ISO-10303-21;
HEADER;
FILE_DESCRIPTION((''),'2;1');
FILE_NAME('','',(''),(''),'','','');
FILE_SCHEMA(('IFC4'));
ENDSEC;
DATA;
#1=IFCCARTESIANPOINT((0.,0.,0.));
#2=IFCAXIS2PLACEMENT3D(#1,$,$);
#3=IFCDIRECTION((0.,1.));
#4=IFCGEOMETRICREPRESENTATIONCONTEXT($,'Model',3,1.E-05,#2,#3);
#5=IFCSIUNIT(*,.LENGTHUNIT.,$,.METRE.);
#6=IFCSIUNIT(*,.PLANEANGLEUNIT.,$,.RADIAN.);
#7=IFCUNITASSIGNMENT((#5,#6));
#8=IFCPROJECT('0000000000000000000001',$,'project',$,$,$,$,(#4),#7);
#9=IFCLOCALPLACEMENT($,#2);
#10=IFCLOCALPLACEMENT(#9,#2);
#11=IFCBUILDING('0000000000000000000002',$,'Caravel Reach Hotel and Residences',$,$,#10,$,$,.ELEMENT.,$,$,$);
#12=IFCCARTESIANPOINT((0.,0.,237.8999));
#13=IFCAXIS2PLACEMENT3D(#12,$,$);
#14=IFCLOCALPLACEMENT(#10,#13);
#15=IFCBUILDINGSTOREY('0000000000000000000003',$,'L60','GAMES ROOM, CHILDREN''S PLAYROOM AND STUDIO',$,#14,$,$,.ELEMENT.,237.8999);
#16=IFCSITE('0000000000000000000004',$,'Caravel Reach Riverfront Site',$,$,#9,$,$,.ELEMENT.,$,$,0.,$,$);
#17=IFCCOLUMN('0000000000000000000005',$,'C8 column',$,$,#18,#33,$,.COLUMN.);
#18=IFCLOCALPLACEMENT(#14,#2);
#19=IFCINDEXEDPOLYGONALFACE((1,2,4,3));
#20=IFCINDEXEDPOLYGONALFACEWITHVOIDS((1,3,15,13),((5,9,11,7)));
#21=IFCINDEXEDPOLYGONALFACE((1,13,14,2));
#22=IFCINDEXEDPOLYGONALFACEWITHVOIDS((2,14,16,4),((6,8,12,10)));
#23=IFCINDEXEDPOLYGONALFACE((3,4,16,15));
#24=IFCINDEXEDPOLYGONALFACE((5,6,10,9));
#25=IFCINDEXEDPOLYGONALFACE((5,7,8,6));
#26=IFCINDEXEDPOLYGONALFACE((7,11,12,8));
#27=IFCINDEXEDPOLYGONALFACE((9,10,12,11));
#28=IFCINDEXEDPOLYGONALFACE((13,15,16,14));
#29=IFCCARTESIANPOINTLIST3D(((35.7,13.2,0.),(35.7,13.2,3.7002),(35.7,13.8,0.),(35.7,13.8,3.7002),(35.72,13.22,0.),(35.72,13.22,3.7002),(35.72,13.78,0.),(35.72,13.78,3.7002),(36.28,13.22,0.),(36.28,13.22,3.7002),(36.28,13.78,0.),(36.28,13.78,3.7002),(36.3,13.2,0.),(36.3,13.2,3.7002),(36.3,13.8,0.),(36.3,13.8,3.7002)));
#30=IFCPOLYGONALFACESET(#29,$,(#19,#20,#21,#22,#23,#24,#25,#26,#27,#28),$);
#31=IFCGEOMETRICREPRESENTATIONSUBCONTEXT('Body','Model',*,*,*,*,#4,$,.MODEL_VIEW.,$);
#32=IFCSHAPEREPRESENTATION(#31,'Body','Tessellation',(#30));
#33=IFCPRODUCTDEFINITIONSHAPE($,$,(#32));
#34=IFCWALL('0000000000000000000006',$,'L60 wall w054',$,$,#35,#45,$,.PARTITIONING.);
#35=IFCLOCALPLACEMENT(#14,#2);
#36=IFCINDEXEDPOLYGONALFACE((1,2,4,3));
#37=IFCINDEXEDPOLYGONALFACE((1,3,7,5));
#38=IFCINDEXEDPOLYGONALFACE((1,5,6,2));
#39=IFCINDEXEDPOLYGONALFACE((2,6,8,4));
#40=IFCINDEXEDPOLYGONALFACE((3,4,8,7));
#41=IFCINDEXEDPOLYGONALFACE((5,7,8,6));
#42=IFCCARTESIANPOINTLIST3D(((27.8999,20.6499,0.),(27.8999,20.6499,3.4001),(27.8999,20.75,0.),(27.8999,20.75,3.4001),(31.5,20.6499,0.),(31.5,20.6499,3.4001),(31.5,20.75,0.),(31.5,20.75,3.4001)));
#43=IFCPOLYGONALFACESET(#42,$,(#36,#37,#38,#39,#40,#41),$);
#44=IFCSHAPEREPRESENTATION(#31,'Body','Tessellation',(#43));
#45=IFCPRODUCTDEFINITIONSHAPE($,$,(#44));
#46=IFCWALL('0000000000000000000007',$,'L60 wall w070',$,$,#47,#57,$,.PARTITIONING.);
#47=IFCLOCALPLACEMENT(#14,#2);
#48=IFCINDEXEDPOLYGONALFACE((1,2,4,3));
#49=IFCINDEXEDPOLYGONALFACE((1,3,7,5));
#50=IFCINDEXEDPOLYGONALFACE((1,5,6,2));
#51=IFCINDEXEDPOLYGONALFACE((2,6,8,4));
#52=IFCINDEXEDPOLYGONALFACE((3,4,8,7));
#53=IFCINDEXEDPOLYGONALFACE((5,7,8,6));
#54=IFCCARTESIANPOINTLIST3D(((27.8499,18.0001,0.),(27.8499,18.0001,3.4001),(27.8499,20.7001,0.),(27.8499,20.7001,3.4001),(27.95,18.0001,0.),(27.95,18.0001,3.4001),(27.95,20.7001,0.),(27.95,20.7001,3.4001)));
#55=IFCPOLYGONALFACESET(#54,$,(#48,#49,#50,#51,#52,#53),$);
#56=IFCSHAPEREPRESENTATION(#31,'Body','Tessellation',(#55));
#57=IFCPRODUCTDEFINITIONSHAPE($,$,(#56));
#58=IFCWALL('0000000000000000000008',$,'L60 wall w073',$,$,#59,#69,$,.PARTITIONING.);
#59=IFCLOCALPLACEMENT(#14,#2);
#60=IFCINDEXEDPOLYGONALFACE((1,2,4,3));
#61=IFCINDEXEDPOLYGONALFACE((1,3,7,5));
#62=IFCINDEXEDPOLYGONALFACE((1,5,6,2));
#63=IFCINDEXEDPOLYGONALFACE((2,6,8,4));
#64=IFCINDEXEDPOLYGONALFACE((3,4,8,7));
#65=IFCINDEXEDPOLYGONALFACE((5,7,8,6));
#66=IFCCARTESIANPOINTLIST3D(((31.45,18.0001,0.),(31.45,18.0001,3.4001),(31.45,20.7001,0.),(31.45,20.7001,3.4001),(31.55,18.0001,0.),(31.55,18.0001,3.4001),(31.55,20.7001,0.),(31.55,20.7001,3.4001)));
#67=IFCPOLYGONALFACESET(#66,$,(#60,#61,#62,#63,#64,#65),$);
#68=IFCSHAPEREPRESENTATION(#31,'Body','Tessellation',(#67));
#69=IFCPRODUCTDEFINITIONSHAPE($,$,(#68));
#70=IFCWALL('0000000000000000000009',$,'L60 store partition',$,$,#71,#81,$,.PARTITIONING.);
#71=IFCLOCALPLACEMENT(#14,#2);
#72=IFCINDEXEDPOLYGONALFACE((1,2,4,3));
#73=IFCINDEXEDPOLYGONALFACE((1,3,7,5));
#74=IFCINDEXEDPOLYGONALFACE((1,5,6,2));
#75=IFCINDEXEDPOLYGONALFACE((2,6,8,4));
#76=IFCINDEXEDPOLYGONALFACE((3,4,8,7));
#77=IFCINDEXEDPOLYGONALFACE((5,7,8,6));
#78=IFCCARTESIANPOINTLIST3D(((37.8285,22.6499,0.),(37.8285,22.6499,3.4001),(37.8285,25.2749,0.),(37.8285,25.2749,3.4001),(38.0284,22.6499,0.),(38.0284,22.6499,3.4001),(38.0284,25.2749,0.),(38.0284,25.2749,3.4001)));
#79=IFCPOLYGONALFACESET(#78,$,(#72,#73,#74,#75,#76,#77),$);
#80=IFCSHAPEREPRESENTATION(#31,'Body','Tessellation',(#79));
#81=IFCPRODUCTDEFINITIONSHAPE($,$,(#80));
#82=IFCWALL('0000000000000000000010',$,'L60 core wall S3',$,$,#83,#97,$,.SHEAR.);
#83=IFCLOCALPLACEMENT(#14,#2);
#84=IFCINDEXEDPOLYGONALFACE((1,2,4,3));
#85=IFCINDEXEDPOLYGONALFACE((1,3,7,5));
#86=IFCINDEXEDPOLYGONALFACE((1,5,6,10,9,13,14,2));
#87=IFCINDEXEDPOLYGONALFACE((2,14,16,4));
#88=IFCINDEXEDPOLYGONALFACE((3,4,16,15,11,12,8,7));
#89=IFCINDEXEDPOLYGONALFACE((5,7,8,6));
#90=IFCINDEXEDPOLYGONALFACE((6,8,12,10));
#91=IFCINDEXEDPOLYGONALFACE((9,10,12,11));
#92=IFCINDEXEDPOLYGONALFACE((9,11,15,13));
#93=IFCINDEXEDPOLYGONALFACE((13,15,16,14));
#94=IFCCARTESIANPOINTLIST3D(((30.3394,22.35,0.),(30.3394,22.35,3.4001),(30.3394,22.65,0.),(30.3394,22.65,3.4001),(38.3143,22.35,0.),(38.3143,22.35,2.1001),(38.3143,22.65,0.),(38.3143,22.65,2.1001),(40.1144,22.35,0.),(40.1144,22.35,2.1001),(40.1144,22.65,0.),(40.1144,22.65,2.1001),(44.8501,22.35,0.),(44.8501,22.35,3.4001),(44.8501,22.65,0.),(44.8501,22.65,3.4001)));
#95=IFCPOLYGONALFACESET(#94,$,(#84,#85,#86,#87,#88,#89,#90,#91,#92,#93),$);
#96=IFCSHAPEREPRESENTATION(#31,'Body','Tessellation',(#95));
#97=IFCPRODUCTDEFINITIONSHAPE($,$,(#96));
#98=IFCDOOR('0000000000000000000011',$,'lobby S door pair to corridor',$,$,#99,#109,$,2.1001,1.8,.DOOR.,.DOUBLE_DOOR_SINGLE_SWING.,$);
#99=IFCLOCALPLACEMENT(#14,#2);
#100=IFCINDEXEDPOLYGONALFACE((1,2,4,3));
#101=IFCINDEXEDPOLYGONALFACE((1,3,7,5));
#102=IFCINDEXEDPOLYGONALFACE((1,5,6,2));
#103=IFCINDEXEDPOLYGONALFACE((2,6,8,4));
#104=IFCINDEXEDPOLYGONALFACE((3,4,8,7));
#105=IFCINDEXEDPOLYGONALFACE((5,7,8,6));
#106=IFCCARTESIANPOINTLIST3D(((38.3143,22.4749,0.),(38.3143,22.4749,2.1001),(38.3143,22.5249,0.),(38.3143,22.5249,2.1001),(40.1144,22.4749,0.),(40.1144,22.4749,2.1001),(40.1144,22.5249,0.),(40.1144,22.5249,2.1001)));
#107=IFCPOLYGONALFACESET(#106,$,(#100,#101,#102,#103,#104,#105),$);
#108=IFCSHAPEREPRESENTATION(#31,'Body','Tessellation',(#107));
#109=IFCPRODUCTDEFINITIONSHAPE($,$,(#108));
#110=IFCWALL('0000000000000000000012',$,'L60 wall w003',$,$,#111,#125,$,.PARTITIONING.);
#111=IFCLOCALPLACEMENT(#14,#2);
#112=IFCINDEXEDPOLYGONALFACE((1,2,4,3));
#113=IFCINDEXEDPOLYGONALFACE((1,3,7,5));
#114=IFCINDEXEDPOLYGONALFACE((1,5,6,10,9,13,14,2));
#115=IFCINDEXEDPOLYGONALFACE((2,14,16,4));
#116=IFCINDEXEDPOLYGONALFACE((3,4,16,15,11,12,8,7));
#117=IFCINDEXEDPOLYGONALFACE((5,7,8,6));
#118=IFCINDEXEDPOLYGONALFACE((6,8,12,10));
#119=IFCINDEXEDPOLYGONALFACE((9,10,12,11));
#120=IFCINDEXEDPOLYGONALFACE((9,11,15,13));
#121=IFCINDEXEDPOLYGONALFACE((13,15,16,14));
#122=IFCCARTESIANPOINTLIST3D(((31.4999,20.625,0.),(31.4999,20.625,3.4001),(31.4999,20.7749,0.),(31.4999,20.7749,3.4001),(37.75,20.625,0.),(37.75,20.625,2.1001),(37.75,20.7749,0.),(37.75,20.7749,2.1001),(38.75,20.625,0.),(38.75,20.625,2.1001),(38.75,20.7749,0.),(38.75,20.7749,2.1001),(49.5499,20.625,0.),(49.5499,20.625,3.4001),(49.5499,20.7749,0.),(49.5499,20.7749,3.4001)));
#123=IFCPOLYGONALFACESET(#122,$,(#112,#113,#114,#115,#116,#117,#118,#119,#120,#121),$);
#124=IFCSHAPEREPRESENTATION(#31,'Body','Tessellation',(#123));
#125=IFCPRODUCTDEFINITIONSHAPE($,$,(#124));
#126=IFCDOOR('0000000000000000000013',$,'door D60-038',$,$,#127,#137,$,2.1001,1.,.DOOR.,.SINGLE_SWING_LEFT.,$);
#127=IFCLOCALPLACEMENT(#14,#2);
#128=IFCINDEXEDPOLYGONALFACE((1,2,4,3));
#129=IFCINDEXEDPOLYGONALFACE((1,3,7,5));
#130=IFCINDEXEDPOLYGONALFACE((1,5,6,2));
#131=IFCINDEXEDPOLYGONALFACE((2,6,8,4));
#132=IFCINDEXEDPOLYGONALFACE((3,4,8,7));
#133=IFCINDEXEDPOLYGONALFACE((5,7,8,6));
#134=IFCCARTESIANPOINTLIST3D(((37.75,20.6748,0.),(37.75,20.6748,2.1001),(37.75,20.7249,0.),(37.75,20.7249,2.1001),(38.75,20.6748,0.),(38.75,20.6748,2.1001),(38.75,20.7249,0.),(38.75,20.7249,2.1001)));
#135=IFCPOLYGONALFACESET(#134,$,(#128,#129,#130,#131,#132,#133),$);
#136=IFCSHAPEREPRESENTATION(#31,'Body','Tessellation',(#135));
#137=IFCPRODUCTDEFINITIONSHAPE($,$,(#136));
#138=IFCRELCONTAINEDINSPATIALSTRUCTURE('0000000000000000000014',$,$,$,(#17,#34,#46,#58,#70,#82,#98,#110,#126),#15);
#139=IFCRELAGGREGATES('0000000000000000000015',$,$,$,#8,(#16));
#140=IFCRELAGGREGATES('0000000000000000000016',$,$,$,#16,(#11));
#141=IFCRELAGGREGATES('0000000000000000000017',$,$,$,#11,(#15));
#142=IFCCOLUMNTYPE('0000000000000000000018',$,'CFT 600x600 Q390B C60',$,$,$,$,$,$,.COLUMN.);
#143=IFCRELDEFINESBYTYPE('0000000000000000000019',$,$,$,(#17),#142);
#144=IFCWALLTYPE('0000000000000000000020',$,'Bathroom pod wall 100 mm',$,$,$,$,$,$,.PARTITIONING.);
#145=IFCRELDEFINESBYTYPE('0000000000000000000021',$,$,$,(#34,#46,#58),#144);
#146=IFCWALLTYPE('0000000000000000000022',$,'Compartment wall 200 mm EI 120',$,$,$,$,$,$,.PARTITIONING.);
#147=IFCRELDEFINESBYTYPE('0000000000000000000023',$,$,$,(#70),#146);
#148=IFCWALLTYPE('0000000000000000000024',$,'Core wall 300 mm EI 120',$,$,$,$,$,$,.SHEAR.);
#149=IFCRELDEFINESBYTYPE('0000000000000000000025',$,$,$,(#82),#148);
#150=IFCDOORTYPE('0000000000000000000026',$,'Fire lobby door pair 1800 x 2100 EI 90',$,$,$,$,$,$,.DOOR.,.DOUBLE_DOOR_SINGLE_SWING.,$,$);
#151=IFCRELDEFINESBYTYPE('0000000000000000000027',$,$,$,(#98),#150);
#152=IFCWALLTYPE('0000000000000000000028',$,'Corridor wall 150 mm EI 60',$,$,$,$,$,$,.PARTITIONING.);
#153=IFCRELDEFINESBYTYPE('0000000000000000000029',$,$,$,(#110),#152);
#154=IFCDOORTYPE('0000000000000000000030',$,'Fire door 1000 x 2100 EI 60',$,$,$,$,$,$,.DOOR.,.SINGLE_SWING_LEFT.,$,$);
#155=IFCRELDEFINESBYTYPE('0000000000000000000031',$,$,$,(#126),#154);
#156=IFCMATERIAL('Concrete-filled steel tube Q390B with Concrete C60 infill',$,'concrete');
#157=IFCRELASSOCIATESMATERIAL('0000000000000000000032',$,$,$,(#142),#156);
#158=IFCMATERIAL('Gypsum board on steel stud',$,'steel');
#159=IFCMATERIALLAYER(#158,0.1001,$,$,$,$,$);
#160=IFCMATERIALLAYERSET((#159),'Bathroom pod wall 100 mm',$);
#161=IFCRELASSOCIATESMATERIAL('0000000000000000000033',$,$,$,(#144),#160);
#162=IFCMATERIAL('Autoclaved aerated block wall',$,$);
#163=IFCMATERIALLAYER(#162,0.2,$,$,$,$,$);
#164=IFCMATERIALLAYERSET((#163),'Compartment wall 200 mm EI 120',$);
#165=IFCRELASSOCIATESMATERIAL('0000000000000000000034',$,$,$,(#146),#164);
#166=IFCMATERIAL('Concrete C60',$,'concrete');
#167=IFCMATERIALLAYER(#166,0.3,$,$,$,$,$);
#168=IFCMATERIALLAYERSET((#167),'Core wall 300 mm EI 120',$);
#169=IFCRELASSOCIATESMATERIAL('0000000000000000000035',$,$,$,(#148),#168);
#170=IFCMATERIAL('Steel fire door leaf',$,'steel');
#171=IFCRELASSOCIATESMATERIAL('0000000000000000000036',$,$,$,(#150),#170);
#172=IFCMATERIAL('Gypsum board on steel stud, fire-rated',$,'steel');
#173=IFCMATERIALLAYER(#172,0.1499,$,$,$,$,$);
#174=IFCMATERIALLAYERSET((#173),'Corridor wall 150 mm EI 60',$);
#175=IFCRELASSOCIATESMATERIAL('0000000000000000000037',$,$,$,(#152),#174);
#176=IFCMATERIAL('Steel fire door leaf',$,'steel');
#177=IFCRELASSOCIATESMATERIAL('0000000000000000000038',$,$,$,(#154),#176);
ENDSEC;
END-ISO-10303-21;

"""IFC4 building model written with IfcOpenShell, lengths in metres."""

from ifc_helpers import new_model, si_unit, direction, frame, frame_2d, origin, origin_2d, place, context, subcontext, project, spatial, rectangle, hollow_rectangle, extrude, material, layer, layer_set, material_profile, profile_set, type_object, element, fill, save


model = new_model("IFC4")

# Units and contexts
model_context = context("Model", 3, precision=1e-05, world=origin(), true_north=direction((0.0, 1.0)))
body_context = subcontext(model_context, "Body", "Model", "MODEL_VIEW")
ifc_project = project(units=[si_unit("LENGTHUNIT", "METRE"), si_unit("PLANEANGLEUNIT", "RADIAN")], contexts=[model_context])

# Site, building, storey
site_placement = place(None, origin())
site = spatial("IfcSite", under=ifc_project, at=site_placement, Name="Caravel Reach Riverfront Site", CompositionType="ELEMENT", RefElevation=0.0)
building_placement = place(site_placement, origin())
building = spatial("IfcBuilding", under=site, at=building_placement, Name="Caravel Reach Hotel and Residences", CompositionType="ELEMENT")
storey_placement = place(building_placement, frame((0.0, 0.0, 237.8999)))
storey = spatial("IfcBuildingStorey", under=building, at=storey_placement, Name="L60", Description="GAMES ROOM, CHILDREN'S PLAYROOM AND STUDIO", CompositionType="ELEMENT", Elevation=237.8999)

# Column
ifc_material_1 = material(Name="Concrete-filled steel tube Q390B with Concrete C60 infill", Category="concrete")
ifc_material_profile = material_profile(ifc_material_1, hollow_rectangle(XDim=0.6001, YDim=0.6001, WallThickness=0.02, at=origin_2d()), Name="RHS 600x600x20")
ifc_profile_set = profile_set([ifc_material_profile], Name="Concrete-filled steel tube Q390B with Concrete C60 infill")
column_type = type_object("IfcColumnType", Name="CFT 600x600 Q390B C60", PredefinedType="COLUMN", material=ifc_profile_set)
column_placement = place(storey_placement, frame((36.0, 13.5, 0.0), z_axis=(0.0, 0.0, 1.0), x_axis=(1.0, 0.0, 0.0)))
element("IfcColumn", 1, at=column_placement, inside=storey, type_object=column_type, Name="C8 column", PredefinedType="COLUMN", context=body_context, shape_type="SweptSolid", body=[
    extrude(hollow_rectangle(XDim=0.6001, YDim=0.6001, WallThickness=0.02, at=origin_2d()), origin(), (0.0, 0.0, 1.0), 3.7002),
])

# Walls
ifc_material_2 = material(Name="Gypsum board on steel stud", Category="steel")
ifc_layer_1 = layer(ifc_material_2, 0.1001)
ifc_layer_set_1 = layer_set([ifc_layer_1], Name="Bathroom pod wall 100 mm")
wall_type_1 = type_object("IfcWallType", Name="Bathroom pod wall 100 mm", PredefinedType="PARTITIONING", material=ifc_layer_set_1)
wall_1_placement = place(storey_placement, frame((27.8999, 20.7, 0.0), z_axis=(0.0, 0.0, 1.0), x_axis=(1.0, 0.0, 0.0)))
element("IfcWall", 2, at=wall_1_placement, inside=storey, type_object=wall_type_1, Name="L60 wall w054", PredefinedType="PARTITIONING", context=body_context, shape_type="SweptSolid", body=[
    extrude(rectangle(XDim=3.6001, YDim=0.1001, at=frame_2d((1.8, 0.0))), origin(), (0.0, 0.0, 1.0), 3.4001),
])
for number, where, z_axis, x_axis, name in (
    (3, (27.8999, 18.0, 0.0), (0.0, 0.0, 1.0), (0.0, 1.0, 0.0), "L60 wall w070"),
    (4, (31.5, 18.0, 0.0), (0.0, 0.0, 1.0), (0.0, 1.0, 0.0), "L60 wall w073"),
):
    element("IfcWall", number, at=place(storey_placement, frame(where, z_axis=z_axis, x_axis=x_axis)), inside=storey, type_object=wall_type_1, Name=name, PredefinedType="PARTITIONING", context=body_context, shape_type="SweptSolid", body=[
        extrude(rectangle(XDim=2.7, YDim=0.1001, at=frame_2d((1.3501, 0.0))), origin(), (0.0, 0.0, 1.0), 3.4001),
    ])
ifc_material_3 = material(Name="Autoclaved aerated block wall")
ifc_layer_2 = layer(ifc_material_3, 0.2)
ifc_layer_set_2 = layer_set([ifc_layer_2], Name="Compartment wall 200 mm EI 120")
wall_type_2 = type_object("IfcWallType", Name="Compartment wall 200 mm EI 120", PredefinedType="PARTITIONING", material=ifc_layer_set_2)
wall_2_placement = place(storey_placement, frame((37.9285, 22.6499, 0.0), z_axis=(0.0, 0.0, 1.0), x_axis=(0.0, 1.0, 0.0)))
element("IfcWall", 5, at=wall_2_placement, inside=storey, type_object=wall_type_2, Name="L60 store partition", PredefinedType="PARTITIONING", context=body_context, shape_type="SweptSolid", body=[
    extrude(rectangle(XDim=2.625, YDim=0.2, at=frame_2d((1.3125, 0.0))), origin(), (0.0, 0.0, 1.0), 3.4001),
])

# Walls, openings, doors
ifc_material_4 = material(Name="Concrete C60", Category="concrete")
ifc_layer_3 = layer(ifc_material_4, 0.3)
ifc_layer_set_3 = layer_set([ifc_layer_3], Name="Core wall 300 mm EI 120")
wall_type_3 = type_object("IfcWallType", Name="Core wall 300 mm EI 120", PredefinedType="SHEAR", material=ifc_layer_set_3)
wall_3_placement = place(storey_placement, frame((30.3394, 22.5, 0.0), z_axis=(0.0, 0.0, 1.0), x_axis=(1.0, 0.0, 0.0)))
wall_3 = element("IfcWall", 6, at=wall_3_placement, inside=storey, type_object=wall_type_3, Name="L60 core wall S3", PredefinedType="SHEAR", context=body_context, shape_type="SweptSolid", body=[
    extrude(rectangle(XDim=14.5107, YDim=0.3, at=frame_2d((7.2554, 0.0))), origin(), (0.0, 0.0, 1.0), 3.4001),
])
opening_1_placement = place(wall_3_placement, frame((7.9751, 0.0, 0.0)))
opening_1 = element("IfcOpeningElement", 7, at=opening_1_placement, cuts=wall_3, PredefinedType="OPENING", context=body_context, shape_type="SweptSolid", body=[
    extrude(rectangle(XDim=1.8, YDim=2.1001, at=frame_2d((0.8999, 1.05))), frame((0.0, 0.1599, 0.0), z_axis=(0.0, -1.0, 0.0), x_axis=(1.0, 0.0, 0.0)), (0.0, 0.0, 1.0), 0.3201),
])
ifc_material_5 = material(Name="Steel fire door leaf", Category="steel")
door_type_1 = type_object("IfcDoorType", Name="Fire lobby door pair 1800 x 2100 EI 90", OperationType="DOUBLE_DOOR_SINGLE_SWING", PredefinedType="DOOR", material=ifc_material_5)
door_1_placement = place(opening_1_placement, origin())
door_1 = element("IfcDoor", 8, at=door_1_placement, inside=storey, type_object=door_type_1, Name="lobby S door pair to corridor", OperationType="DOUBLE_DOOR_SINGLE_SWING", OverallHeight=2.1001, OverallWidth=1.8, PredefinedType="DOOR", context=body_context, shape_type="SweptSolid", body=[
    extrude(rectangle(XDim=1.8, YDim=2.1001, at=frame_2d((0.8999, 1.05))), frame((0.0, 0.0249, 0.0), z_axis=(0.0, -1.0, 0.0), x_axis=(1.0, 0.0, 0.0)), (0.0, 0.0, 1.0), 0.05),
])
fill(opening_1, door_1)
ifc_material_6 = material(Name="Gypsum board on steel stud, fire-rated", Category="steel")
ifc_layer_4 = layer(ifc_material_6, 0.1499)
ifc_layer_set_4 = layer_set([ifc_layer_4], Name="Corridor wall 150 mm EI 60")
wall_type_4 = type_object("IfcWallType", Name="Corridor wall 150 mm EI 60", PredefinedType="PARTITIONING", material=ifc_layer_set_4)
wall_4_placement = place(storey_placement, frame((31.5, 20.7, 0.0), z_axis=(0.0, 0.0, 1.0), x_axis=(1.0, 0.0, 0.0)))
wall_4 = element("IfcWall", 9, at=wall_4_placement, inside=storey, type_object=wall_type_4, Name="L60 wall w003", PredefinedType="PARTITIONING", context=body_context, shape_type="SweptSolid", body=[
    extrude(rectangle(XDim=18.05, YDim=0.1499, at=frame_2d((9.0249, 0.0))), origin(), (0.0, 0.0, 1.0), 3.4001),
])
opening_2_placement = place(wall_4_placement, frame((6.25, 0.0, 0.0)))
opening_2 = element("IfcOpeningElement", 10, at=opening_2_placement, cuts=wall_4, PredefinedType="OPENING", context=body_context, shape_type="SweptSolid", body=[
    extrude(rectangle(XDim=1.0, YDim=2.1001, at=frame_2d((0.5, 1.05))), frame((0.0, 0.085, 0.0), z_axis=(0.0, -1.0, 0.0), x_axis=(1.0, 0.0, 0.0)), (0.0, 0.0, 1.0), 0.1699),
])
ifc_material_7 = material(Name="Steel fire door leaf", Category="steel")
door_type_2 = type_object("IfcDoorType", Name="Fire door 1000 x 2100 EI 60", OperationType="SINGLE_SWING_LEFT", PredefinedType="DOOR", material=ifc_material_7)
door_2_placement = place(opening_2_placement, origin())
door_2 = element("IfcDoor", 11, at=door_2_placement, inside=storey, type_object=door_type_2, Name="door D60-038", OperationType="SINGLE_SWING_LEFT", OverallHeight=2.1001, OverallWidth=1.0, PredefinedType="DOOR", context=body_context, shape_type="SweptSolid", body=[
    extrude(rectangle(XDim=1.0, YDim=2.1001, at=frame_2d((0.5, 1.05))), frame((0.0, 0.0249, 0.0), z_axis=(0.0, -1.0, 0.0), x_axis=(1.0, 0.0, 0.0)), (0.0, 0.0, 1.0), 0.05),
])
fill(opening_2, door_2)

save(model, "model.ifc")
